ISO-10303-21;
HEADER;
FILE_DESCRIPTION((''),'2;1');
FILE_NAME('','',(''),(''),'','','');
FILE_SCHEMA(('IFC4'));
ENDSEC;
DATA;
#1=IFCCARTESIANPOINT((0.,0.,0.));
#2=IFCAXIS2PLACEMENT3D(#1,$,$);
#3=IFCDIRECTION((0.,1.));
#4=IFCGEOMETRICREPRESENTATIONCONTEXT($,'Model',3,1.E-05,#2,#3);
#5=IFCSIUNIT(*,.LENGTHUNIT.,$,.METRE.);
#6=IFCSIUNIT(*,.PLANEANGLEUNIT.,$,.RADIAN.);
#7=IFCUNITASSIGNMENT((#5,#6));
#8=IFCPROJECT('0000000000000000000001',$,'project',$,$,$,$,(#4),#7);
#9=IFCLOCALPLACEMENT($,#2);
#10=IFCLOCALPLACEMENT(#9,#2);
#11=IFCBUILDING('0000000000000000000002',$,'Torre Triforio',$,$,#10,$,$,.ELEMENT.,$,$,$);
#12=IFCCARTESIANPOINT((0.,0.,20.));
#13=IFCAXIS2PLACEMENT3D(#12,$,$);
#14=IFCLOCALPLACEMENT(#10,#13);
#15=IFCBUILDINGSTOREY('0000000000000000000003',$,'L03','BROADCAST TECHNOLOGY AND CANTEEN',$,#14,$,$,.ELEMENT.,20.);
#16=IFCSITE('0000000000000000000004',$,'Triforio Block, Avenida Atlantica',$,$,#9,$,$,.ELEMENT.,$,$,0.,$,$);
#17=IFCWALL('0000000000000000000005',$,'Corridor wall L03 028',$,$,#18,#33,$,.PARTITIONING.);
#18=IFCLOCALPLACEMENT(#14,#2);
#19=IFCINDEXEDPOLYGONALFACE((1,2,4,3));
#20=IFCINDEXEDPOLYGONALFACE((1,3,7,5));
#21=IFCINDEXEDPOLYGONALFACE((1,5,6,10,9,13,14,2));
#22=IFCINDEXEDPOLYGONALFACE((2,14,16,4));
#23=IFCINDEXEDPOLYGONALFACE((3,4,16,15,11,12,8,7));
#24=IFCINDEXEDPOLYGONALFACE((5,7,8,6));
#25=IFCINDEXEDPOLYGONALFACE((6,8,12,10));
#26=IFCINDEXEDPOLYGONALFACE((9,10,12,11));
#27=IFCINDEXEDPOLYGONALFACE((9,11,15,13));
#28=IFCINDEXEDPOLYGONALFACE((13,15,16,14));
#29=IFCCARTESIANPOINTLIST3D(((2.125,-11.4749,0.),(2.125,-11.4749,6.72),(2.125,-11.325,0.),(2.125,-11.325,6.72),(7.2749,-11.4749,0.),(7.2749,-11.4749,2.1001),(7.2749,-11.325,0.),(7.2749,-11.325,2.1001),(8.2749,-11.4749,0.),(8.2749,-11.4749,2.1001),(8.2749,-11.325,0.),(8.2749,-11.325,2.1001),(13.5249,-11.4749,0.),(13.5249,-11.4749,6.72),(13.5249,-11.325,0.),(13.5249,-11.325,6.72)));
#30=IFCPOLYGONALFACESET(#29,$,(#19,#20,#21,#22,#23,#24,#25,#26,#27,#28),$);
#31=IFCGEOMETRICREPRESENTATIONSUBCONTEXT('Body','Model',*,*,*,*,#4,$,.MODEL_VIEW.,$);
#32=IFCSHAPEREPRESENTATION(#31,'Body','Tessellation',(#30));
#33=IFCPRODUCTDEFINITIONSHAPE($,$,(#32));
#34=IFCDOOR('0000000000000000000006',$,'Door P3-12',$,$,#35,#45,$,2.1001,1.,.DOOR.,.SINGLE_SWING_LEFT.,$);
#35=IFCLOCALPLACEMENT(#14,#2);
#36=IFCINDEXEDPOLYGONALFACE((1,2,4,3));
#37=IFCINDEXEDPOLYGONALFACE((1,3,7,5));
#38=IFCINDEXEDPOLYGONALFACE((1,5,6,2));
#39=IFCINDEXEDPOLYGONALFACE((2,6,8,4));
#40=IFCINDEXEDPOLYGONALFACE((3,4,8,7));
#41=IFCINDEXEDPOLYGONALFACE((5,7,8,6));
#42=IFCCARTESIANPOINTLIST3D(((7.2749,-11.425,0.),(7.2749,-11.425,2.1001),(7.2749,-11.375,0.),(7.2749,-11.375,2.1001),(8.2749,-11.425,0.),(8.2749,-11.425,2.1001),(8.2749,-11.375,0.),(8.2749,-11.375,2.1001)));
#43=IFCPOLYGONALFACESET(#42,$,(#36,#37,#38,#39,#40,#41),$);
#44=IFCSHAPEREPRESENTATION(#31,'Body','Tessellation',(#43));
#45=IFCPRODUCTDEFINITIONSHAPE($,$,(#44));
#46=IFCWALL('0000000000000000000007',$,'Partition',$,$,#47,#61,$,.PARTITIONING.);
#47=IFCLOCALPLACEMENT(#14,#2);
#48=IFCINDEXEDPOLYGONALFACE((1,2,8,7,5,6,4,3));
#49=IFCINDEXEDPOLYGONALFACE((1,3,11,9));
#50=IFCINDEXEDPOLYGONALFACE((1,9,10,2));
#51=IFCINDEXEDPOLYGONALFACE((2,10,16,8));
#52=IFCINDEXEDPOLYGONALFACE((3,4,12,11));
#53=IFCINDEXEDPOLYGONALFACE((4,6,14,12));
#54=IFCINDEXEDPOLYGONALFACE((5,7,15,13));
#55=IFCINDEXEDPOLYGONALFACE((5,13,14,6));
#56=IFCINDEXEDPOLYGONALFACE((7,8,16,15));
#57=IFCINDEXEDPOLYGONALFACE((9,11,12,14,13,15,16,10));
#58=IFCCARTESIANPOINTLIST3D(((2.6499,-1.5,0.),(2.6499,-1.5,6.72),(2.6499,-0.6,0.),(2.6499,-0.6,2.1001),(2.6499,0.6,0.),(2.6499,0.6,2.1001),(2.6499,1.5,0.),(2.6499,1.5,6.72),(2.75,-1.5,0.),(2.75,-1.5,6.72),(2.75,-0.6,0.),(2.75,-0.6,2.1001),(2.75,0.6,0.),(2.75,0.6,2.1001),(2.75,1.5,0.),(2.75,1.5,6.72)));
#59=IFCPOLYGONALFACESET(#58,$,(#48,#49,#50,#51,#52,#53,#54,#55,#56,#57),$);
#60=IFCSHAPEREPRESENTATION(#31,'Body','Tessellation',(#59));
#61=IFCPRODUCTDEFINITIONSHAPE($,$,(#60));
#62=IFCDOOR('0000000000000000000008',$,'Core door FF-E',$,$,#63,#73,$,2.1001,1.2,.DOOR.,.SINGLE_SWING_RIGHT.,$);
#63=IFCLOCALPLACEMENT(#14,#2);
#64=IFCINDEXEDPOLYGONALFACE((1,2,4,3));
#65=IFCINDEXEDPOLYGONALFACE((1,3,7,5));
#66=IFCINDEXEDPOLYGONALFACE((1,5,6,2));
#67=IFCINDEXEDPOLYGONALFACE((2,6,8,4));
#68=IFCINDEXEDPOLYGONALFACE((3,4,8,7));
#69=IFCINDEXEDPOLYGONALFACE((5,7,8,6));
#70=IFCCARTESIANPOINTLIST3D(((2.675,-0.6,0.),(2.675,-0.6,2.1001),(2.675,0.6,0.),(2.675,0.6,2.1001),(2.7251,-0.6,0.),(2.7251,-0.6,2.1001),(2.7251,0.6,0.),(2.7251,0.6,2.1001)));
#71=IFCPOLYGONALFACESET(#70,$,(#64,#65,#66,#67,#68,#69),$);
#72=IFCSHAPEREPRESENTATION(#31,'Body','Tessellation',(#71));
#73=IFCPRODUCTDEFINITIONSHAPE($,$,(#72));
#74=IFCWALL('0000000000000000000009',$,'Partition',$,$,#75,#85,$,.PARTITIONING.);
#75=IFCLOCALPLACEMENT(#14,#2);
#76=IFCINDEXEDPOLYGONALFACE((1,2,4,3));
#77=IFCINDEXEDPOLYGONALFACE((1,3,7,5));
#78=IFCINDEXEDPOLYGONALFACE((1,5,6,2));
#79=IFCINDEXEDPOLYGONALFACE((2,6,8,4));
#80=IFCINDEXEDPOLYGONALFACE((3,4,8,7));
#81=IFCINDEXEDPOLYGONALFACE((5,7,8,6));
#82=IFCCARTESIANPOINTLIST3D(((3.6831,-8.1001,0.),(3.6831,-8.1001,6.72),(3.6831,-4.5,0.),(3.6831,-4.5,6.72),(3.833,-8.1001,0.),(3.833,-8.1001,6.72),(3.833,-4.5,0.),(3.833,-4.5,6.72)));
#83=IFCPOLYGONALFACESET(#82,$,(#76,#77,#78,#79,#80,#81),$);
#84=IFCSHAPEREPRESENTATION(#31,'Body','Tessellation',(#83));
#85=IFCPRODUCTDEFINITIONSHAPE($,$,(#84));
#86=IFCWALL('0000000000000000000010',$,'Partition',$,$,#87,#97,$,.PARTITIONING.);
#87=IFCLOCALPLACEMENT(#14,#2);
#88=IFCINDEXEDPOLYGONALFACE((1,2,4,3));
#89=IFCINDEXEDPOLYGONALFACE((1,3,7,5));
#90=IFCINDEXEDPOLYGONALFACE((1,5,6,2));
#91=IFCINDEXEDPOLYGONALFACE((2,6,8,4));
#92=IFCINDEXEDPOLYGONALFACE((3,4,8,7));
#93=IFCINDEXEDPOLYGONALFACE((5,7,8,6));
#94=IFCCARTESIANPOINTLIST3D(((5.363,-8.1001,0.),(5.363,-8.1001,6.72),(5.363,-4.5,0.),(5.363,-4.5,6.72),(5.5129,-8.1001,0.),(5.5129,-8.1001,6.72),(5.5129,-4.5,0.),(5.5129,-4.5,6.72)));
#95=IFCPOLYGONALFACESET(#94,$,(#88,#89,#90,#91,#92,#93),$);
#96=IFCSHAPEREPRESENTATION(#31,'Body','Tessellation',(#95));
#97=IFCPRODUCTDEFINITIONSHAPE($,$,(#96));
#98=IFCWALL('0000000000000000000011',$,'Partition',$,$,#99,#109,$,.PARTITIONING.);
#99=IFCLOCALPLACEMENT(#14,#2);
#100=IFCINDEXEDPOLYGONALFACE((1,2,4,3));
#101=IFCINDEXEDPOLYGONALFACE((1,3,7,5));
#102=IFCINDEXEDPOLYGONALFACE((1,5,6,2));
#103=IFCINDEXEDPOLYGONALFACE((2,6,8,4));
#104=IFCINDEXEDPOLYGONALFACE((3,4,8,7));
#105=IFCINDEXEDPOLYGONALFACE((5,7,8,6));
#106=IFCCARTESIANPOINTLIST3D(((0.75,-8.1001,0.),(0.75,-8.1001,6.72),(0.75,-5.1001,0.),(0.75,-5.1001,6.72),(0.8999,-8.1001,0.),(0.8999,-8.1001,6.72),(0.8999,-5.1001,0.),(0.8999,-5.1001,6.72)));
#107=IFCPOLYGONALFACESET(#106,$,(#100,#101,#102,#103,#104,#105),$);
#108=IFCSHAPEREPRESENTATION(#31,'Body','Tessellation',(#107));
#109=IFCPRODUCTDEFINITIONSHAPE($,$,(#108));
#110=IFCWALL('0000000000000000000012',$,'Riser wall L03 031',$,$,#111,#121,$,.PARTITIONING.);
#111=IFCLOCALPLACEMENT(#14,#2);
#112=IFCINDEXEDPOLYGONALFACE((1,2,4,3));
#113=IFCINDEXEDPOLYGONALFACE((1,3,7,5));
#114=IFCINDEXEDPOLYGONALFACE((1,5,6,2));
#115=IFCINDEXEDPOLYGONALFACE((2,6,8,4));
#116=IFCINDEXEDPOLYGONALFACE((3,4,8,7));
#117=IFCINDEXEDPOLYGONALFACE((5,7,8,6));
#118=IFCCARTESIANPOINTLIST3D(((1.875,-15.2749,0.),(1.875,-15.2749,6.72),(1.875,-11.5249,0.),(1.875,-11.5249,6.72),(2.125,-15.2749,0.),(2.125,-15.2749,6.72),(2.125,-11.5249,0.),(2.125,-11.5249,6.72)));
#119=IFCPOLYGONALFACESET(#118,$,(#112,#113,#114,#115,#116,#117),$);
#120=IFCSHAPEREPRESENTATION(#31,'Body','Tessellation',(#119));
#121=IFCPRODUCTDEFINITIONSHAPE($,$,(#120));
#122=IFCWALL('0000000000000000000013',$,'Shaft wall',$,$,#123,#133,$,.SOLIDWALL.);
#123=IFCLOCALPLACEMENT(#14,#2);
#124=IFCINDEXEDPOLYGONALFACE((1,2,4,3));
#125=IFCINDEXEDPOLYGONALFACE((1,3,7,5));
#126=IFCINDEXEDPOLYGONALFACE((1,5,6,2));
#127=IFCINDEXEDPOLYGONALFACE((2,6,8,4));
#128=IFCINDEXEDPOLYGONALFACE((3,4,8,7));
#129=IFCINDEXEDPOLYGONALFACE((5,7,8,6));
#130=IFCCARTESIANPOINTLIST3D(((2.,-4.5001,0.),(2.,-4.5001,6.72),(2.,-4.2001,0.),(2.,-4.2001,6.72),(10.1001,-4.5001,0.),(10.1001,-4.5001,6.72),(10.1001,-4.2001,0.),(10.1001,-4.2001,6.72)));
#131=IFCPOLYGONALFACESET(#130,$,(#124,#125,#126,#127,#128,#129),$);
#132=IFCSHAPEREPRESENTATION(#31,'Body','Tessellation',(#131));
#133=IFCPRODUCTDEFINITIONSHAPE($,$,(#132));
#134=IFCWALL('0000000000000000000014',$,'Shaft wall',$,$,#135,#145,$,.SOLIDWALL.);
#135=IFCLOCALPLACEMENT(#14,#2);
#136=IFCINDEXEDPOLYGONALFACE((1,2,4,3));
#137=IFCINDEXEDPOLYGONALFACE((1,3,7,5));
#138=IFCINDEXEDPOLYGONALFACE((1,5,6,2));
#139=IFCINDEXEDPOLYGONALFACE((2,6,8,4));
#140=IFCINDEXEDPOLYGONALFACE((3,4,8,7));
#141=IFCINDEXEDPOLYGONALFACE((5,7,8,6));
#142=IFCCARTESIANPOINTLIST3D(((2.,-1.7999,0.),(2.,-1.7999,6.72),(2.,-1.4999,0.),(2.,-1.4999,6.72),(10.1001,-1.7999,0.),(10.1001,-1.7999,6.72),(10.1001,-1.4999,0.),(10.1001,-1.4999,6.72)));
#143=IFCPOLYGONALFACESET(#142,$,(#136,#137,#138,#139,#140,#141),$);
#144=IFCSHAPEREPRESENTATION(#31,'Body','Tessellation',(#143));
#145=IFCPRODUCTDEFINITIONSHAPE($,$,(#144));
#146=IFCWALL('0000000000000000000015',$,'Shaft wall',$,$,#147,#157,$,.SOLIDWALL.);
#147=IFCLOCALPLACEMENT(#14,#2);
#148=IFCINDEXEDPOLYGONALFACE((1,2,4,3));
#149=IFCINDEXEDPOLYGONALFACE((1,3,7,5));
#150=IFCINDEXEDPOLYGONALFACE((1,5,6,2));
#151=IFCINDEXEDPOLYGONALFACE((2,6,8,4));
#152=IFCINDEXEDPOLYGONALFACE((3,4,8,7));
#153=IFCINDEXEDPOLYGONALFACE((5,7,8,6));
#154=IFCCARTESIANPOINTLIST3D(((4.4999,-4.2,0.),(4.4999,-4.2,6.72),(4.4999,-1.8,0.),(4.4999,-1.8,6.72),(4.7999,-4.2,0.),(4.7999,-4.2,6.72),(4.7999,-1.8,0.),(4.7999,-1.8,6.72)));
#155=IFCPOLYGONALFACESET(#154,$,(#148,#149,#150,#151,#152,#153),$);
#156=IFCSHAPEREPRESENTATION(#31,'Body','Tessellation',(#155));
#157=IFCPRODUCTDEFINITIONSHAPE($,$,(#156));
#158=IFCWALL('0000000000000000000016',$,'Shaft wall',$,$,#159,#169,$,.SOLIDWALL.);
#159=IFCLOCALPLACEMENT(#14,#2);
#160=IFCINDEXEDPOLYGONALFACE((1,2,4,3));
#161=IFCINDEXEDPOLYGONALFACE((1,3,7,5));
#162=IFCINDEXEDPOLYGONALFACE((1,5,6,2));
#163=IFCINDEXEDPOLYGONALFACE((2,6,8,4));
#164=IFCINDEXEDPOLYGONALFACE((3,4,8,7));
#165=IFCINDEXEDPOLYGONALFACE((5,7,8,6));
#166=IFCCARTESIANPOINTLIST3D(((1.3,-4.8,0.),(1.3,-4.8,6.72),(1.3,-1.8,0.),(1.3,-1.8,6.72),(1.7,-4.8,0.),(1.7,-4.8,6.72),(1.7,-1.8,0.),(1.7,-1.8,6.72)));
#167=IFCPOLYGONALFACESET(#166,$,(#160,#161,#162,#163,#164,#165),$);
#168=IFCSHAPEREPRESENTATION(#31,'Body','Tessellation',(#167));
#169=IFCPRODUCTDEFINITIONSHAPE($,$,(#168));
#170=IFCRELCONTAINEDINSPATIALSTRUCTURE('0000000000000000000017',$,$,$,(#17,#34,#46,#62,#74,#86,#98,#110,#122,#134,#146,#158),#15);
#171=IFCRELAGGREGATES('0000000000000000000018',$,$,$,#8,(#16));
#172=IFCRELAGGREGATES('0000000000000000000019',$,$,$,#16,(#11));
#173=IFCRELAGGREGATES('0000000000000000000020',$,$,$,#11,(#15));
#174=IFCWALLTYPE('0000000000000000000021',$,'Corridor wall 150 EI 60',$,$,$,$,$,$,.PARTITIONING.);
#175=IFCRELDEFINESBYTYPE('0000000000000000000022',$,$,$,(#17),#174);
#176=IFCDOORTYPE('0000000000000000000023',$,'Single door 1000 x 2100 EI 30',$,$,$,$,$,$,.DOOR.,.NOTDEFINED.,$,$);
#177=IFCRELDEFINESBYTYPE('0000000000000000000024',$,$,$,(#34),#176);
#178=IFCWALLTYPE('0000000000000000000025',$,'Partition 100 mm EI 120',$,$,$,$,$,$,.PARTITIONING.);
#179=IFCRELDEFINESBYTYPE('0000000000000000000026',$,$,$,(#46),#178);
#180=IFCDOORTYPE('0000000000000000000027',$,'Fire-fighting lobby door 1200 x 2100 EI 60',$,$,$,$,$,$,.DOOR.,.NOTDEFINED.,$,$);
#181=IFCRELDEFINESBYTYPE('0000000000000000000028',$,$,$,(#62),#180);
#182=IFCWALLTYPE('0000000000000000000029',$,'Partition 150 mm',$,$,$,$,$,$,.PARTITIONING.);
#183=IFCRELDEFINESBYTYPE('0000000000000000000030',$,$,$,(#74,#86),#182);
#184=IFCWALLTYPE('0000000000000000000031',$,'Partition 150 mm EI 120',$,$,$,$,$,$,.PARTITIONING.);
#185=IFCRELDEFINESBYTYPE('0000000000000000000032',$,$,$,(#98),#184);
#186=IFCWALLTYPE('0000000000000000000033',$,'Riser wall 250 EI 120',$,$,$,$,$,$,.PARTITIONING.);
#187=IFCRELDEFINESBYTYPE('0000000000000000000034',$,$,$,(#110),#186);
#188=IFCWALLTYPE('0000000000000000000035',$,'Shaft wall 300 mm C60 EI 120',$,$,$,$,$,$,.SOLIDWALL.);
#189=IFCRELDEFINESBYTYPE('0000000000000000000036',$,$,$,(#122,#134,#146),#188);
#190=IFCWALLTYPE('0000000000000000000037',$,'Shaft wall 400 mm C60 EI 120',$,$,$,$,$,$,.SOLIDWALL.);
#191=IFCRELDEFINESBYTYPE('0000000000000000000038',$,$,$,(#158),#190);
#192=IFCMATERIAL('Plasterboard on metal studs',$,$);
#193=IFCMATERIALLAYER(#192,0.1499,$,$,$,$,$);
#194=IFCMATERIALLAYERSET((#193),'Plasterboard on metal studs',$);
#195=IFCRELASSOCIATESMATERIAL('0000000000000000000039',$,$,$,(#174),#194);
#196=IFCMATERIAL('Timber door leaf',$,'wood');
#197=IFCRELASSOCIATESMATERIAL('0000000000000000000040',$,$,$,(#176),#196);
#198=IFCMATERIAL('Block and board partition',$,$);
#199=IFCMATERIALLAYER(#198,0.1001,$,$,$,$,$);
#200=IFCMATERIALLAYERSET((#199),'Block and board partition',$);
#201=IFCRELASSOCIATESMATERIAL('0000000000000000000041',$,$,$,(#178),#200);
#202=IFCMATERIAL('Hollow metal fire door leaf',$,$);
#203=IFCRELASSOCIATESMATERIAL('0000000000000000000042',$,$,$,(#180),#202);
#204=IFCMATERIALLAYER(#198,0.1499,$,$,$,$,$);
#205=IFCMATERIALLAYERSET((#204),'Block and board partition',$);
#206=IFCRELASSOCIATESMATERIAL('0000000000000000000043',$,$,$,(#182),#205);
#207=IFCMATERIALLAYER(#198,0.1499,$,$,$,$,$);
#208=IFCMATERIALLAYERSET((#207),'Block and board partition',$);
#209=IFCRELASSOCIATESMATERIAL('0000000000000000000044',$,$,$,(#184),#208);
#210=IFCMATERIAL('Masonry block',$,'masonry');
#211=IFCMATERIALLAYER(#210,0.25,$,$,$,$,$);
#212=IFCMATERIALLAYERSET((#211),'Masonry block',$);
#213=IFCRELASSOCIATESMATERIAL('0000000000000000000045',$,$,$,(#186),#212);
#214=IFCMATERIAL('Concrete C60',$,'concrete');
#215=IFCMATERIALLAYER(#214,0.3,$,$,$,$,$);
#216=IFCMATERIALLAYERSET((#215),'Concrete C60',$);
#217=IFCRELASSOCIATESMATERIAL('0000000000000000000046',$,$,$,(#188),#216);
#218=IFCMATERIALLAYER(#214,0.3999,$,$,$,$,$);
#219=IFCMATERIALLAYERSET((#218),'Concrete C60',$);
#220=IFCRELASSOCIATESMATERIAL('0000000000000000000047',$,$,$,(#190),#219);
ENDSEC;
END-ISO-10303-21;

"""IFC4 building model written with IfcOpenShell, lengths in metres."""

from ifc_helpers import new_model, si_unit, direction, frame, frame_2d, origin, place, context, subcontext, project, spatial, rectangle, extrude, material, layer, layer_set, type_object, element, fill, save


model = new_model("IFC4")

# Units and contexts
model_context = context("Model", 3, precision=1e-05, world=origin(), true_north=direction((0.0, 1.0)))
body_context = subcontext(model_context, "Body", "Model", "MODEL_VIEW")
ifc_project = project(units=[si_unit("LENGTHUNIT", "METRE"), si_unit("PLANEANGLEUNIT", "RADIAN")], contexts=[model_context])

# Site, building, storey
site_placement = place(None, origin())
site = spatial("IfcSite", under=ifc_project, at=site_placement, Name="Triforio Block, Avenida Atlantica", CompositionType="ELEMENT", RefElevation=0.0)
building_placement = place(site_placement, origin())
building = spatial("IfcBuilding", under=site, at=building_placement, Name="Torre Triforio", CompositionType="ELEMENT")
storey_placement = place(building_placement, frame((0.0, 0.0, 20.0)))
storey = spatial("IfcBuildingStorey", under=building, at=storey_placement, Name="L03", Description="BROADCAST TECHNOLOGY AND CANTEEN", CompositionType="ELEMENT", Elevation=20.0)

# Shared definitions
ifc_material_1 = material(Name="Concrete C60", Category="concrete")

# Walls, openings, doors
ifc_material_2 = material(Name="Plasterboard on metal studs")
ifc_layer_1 = layer(ifc_material_2, 0.1499)
ifc_layer_set_1 = layer_set([ifc_layer_1], Name="Plasterboard on metal studs")
wall_type_1 = type_object("IfcWallType", Name="Corridor wall 150 EI 60", PredefinedType="PARTITIONING", material=ifc_layer_set_1)
wall_1_placement = place(storey_placement, frame((2.125, -11.3999, 0.0), z_axis=(0.0, 0.0, 1.0), x_axis=(1.0, 0.0, 0.0)))
wall_1 = element("IfcWall", 1, at=wall_1_placement, inside=storey, type_object=wall_type_1, Name="Corridor wall L03 028", PredefinedType="PARTITIONING", context=body_context, shape_type="SweptSolid", body=[
    extrude(rectangle(XDim=11.3999, YDim=0.1499, at=frame_2d((5.7, 0.0))), origin(), (0.0, 0.0, 1.0), 6.72),
])
opening_1_placement = place(wall_1_placement, frame((5.1499, 0.0, 0.0)))
opening_1 = element("IfcOpeningElement", 2, at=opening_1_placement, cuts=wall_1, PredefinedType="OPENING", context=body_context, shape_type="SweptSolid", body=[
    extrude(rectangle(XDim=1.0, YDim=2.1001, at=frame_2d((0.5, 1.05))), frame((0.0, 0.085, 0.0), z_axis=(0.0, -1.0, 0.0), x_axis=(1.0, 0.0, 0.0)), (0.0, 0.0, 1.0), 0.1699),
])
ifc_material_3 = material(Name="Timber door leaf", Category="wood")
door_type_1 = type_object("IfcDoorType", Name="Single door 1000 x 2100 EI 30", OperationType="NOTDEFINED", PredefinedType="DOOR", material=ifc_material_3)
door_1_placement = place(opening_1_placement, origin())
door_1 = element("IfcDoor", 3, at=door_1_placement, inside=storey, type_object=door_type_1, Name="Door P3-12", OperationType="SINGLE_SWING_LEFT", OverallHeight=2.1001, OverallWidth=1.0, PredefinedType="DOOR", context=body_context, shape_type="SweptSolid", body=[
    extrude(rectangle(XDim=1.0, YDim=2.1001, at=frame_2d((0.5, 1.05))), frame((0.0, 0.0249, 0.0), z_axis=(0.0, -1.0, 0.0), x_axis=(1.0, 0.0, 0.0)), (0.0, 0.0, 1.0), 0.05),
])
fill(opening_1, door_1)
ifc_material_4 = material(Name="Block and board partition")
ifc_layer_2 = layer(ifc_material_4, 0.1001)
ifc_layer_set_2 = layer_set([ifc_layer_2], Name="Block and board partition")
wall_type_2 = type_object("IfcWallType", Name="Partition 100 mm EI 120", PredefinedType="PARTITIONING", material=ifc_layer_set_2)
wall_2_placement = place(storey_placement, frame((2.7, -1.5, 0.0), z_axis=(0.0, 0.0, 1.0), x_axis=(0.0, 1.0, 0.0)))
wall_2 = element("IfcWall", 4, at=wall_2_placement, inside=storey, type_object=wall_type_2, Name="Partition", PredefinedType="PARTITIONING", context=body_context, shape_type="SweptSolid", body=[
    extrude(rectangle(XDim=3.0, YDim=0.1001, at=frame_2d((1.5, 0.0))), origin(), (0.0, 0.0, 1.0), 6.72),
])
opening_2_placement = place(wall_2_placement, frame((0.8999, 0.0, 0.0)))
opening_2 = element("IfcOpeningElement", 5, at=opening_2_placement, cuts=wall_2, PredefinedType="OPENING", context=body_context, shape_type="SweptSolid", body=[
    extrude(rectangle(XDim=1.2, YDim=2.1001, at=frame_2d((0.6001, 1.05))), frame((0.0, 0.0601, 0.0), z_axis=(0.0, -1.0, 0.0), x_axis=(1.0, 0.0, 0.0)), (0.0, 0.0, 1.0), 0.1201),
])
ifc_material_5 = material(Name="Hollow metal fire door leaf")
door_type_2 = type_object("IfcDoorType", Name="Fire-fighting lobby door 1200 x 2100 EI 60", OperationType="NOTDEFINED", PredefinedType="DOOR", material=ifc_material_5)
door_2_placement = place(opening_2_placement, origin())
door_2 = element("IfcDoor", 6, at=door_2_placement, inside=storey, type_object=door_type_2, Name="Core door FF-E", OperationType="SINGLE_SWING_RIGHT", OverallHeight=2.1001, OverallWidth=1.2, PredefinedType="DOOR", context=body_context, shape_type="SweptSolid", body=[
    extrude(rectangle(XDim=1.2, YDim=2.1001, at=frame_2d((0.6001, 1.05))), frame((0.0, 0.0249, 0.0), z_axis=(0.0, -1.0, 0.0), x_axis=(1.0, 0.0, 0.0)), (0.0, 0.0, 1.0), 0.05),
])
fill(opening_2, door_2)

# Walls
ifc_layer_3 = layer(ifc_material_4, 0.1499)
ifc_layer_set_3 = layer_set([ifc_layer_3], Name="Block and board partition")
wall_type_3 = type_object("IfcWallType", Name="Partition 150 mm", PredefinedType="PARTITIONING", material=ifc_layer_set_3)
for number, where, z_axis, x_axis, name in (
    (7, (3.7581, -8.1001, 0.0), (0.0, 0.0, 1.0), (0.0, 1.0, 0.0), "Partition"),
    (8, (5.438, -8.1001, 0.0), (0.0, 0.0, 1.0), (0.0, 1.0, 0.0), "Partition"),
):
    element("IfcWall", number, at=place(storey_placement, frame(where, z_axis=z_axis, x_axis=x_axis)), inside=storey, type_object=wall_type_3, Name=name, PredefinedType="PARTITIONING", context=body_context, shape_type="SweptSolid", body=[
        extrude(rectangle(XDim=3.6001, YDim=0.1499, at=frame_2d((1.8, 0.0))), origin(), (0.0, 0.0, 1.0), 6.72),
    ])
ifc_layer_4 = layer(ifc_material_4, 0.1499)
ifc_layer_set_4 = layer_set([ifc_layer_4], Name="Block and board partition")
wall_type_4 = type_object("IfcWallType", Name="Partition 150 mm EI 120", PredefinedType="PARTITIONING", material=ifc_layer_set_4)
wall_3_placement = place(storey_placement, frame((0.825, -8.1001, 0.0), z_axis=(0.0, 0.0, 1.0), x_axis=(0.0, 1.0, 0.0)))
element("IfcWall", 9, at=wall_3_placement, inside=storey, type_object=wall_type_4, Name="Partition", PredefinedType="PARTITIONING", context=body_context, shape_type="SweptSolid", body=[
    extrude(rectangle(XDim=3.0, YDim=0.1499, at=frame_2d((1.5, 0.0))), origin(), (0.0, 0.0, 1.0), 6.72),
])
ifc_material_6 = material(Name="Masonry block", Category="masonry")
ifc_layer_5 = layer(ifc_material_6, 0.25)
ifc_layer_set_5 = layer_set([ifc_layer_5], Name="Masonry block")
wall_type_5 = type_object("IfcWallType", Name="Riser wall 250 EI 120", PredefinedType="PARTITIONING", material=ifc_layer_set_5)
wall_4_placement = place(storey_placement, frame((2.0, -15.2749, 0.0), z_axis=(0.0, 0.0, 1.0), x_axis=(0.0, 1.0, 0.0)))
element("IfcWall", 10, at=wall_4_placement, inside=storey, type_object=wall_type_5, Name="Riser wall L03 031", PredefinedType="PARTITIONING", context=body_context, shape_type="SweptSolid", body=[
    extrude(rectangle(XDim=3.75, YDim=0.25, at=frame_2d((1.875, 0.0))), origin(), (0.0, 0.0, 1.0), 6.72),
])
ifc_layer_6 = layer(ifc_material_1, 0.3)
ifc_layer_set_6 = layer_set([ifc_layer_6], Name="Concrete C60")
wall_type_6 = type_object("IfcWallType", Name="Shaft wall 300 mm C60 EI 120", PredefinedType="SOLIDWALL", material=ifc_layer_set_6)
for number, where, z_axis, x_axis, name in (
    (11, (2.0, -4.3501, 0.0), (0.0, 0.0, 1.0), (1.0, 0.0, 0.0), "Shaft wall"),
    (12, (2.0, -1.6499, 0.0), (0.0, 0.0, 1.0), (1.0, 0.0, 0.0), "Shaft wall"),
):
    element("IfcWall", number, at=place(storey_placement, frame(where, z_axis=z_axis, x_axis=x_axis)), inside=storey, type_object=wall_type_6, Name=name, PredefinedType="SOLIDWALL", context=body_context, shape_type="SweptSolid", body=[
        extrude(rectangle(XDim=8.1001, YDim=0.3, at=frame_2d((4.05, 0.0))), origin(), (0.0, 0.0, 1.0), 6.72),
    ])
wall_5_placement = place(storey_placement, frame((4.6499, -4.2, 0.0), z_axis=(0.0, 0.0, 1.0), x_axis=(0.0, 1.0, 0.0)))
element("IfcWall", 13, at=wall_5_placement, inside=storey, type_object=wall_type_6, Name="Shaft wall", PredefinedType="SOLIDWALL", context=body_context, shape_type="SweptSolid", body=[
    extrude(rectangle(XDim=2.3999, YDim=0.3, at=frame_2d((1.2, 0.0))), origin(), (0.0, 0.0, 1.0), 6.72),
])
ifc_layer_7 = layer(ifc_material_1, 0.3999)
ifc_layer_set_7 = layer_set([ifc_layer_7], Name="Concrete C60")
wall_type_7 = type_object("IfcWallType", Name="Shaft wall 400 mm C60 EI 120", PredefinedType="SOLIDWALL", material=ifc_layer_set_7)
wall_6_placement = place(storey_placement, frame((1.5, -4.8, 0.0), z_axis=(0.0, 0.0, 1.0), x_axis=(0.0, 1.0, 0.0)))
element("IfcWall", 14, at=wall_6_placement, inside=storey, type_object=wall_type_7, Name="Shaft wall", PredefinedType="SOLIDWALL", context=body_context, shape_type="SweptSolid", body=[
    extrude(rectangle(XDim=3.0, YDim=0.3999, at=frame_2d((1.5, 0.0))), origin(), (0.0, 0.0, 1.0), 6.72),
])

save(model, "model.ifc")
